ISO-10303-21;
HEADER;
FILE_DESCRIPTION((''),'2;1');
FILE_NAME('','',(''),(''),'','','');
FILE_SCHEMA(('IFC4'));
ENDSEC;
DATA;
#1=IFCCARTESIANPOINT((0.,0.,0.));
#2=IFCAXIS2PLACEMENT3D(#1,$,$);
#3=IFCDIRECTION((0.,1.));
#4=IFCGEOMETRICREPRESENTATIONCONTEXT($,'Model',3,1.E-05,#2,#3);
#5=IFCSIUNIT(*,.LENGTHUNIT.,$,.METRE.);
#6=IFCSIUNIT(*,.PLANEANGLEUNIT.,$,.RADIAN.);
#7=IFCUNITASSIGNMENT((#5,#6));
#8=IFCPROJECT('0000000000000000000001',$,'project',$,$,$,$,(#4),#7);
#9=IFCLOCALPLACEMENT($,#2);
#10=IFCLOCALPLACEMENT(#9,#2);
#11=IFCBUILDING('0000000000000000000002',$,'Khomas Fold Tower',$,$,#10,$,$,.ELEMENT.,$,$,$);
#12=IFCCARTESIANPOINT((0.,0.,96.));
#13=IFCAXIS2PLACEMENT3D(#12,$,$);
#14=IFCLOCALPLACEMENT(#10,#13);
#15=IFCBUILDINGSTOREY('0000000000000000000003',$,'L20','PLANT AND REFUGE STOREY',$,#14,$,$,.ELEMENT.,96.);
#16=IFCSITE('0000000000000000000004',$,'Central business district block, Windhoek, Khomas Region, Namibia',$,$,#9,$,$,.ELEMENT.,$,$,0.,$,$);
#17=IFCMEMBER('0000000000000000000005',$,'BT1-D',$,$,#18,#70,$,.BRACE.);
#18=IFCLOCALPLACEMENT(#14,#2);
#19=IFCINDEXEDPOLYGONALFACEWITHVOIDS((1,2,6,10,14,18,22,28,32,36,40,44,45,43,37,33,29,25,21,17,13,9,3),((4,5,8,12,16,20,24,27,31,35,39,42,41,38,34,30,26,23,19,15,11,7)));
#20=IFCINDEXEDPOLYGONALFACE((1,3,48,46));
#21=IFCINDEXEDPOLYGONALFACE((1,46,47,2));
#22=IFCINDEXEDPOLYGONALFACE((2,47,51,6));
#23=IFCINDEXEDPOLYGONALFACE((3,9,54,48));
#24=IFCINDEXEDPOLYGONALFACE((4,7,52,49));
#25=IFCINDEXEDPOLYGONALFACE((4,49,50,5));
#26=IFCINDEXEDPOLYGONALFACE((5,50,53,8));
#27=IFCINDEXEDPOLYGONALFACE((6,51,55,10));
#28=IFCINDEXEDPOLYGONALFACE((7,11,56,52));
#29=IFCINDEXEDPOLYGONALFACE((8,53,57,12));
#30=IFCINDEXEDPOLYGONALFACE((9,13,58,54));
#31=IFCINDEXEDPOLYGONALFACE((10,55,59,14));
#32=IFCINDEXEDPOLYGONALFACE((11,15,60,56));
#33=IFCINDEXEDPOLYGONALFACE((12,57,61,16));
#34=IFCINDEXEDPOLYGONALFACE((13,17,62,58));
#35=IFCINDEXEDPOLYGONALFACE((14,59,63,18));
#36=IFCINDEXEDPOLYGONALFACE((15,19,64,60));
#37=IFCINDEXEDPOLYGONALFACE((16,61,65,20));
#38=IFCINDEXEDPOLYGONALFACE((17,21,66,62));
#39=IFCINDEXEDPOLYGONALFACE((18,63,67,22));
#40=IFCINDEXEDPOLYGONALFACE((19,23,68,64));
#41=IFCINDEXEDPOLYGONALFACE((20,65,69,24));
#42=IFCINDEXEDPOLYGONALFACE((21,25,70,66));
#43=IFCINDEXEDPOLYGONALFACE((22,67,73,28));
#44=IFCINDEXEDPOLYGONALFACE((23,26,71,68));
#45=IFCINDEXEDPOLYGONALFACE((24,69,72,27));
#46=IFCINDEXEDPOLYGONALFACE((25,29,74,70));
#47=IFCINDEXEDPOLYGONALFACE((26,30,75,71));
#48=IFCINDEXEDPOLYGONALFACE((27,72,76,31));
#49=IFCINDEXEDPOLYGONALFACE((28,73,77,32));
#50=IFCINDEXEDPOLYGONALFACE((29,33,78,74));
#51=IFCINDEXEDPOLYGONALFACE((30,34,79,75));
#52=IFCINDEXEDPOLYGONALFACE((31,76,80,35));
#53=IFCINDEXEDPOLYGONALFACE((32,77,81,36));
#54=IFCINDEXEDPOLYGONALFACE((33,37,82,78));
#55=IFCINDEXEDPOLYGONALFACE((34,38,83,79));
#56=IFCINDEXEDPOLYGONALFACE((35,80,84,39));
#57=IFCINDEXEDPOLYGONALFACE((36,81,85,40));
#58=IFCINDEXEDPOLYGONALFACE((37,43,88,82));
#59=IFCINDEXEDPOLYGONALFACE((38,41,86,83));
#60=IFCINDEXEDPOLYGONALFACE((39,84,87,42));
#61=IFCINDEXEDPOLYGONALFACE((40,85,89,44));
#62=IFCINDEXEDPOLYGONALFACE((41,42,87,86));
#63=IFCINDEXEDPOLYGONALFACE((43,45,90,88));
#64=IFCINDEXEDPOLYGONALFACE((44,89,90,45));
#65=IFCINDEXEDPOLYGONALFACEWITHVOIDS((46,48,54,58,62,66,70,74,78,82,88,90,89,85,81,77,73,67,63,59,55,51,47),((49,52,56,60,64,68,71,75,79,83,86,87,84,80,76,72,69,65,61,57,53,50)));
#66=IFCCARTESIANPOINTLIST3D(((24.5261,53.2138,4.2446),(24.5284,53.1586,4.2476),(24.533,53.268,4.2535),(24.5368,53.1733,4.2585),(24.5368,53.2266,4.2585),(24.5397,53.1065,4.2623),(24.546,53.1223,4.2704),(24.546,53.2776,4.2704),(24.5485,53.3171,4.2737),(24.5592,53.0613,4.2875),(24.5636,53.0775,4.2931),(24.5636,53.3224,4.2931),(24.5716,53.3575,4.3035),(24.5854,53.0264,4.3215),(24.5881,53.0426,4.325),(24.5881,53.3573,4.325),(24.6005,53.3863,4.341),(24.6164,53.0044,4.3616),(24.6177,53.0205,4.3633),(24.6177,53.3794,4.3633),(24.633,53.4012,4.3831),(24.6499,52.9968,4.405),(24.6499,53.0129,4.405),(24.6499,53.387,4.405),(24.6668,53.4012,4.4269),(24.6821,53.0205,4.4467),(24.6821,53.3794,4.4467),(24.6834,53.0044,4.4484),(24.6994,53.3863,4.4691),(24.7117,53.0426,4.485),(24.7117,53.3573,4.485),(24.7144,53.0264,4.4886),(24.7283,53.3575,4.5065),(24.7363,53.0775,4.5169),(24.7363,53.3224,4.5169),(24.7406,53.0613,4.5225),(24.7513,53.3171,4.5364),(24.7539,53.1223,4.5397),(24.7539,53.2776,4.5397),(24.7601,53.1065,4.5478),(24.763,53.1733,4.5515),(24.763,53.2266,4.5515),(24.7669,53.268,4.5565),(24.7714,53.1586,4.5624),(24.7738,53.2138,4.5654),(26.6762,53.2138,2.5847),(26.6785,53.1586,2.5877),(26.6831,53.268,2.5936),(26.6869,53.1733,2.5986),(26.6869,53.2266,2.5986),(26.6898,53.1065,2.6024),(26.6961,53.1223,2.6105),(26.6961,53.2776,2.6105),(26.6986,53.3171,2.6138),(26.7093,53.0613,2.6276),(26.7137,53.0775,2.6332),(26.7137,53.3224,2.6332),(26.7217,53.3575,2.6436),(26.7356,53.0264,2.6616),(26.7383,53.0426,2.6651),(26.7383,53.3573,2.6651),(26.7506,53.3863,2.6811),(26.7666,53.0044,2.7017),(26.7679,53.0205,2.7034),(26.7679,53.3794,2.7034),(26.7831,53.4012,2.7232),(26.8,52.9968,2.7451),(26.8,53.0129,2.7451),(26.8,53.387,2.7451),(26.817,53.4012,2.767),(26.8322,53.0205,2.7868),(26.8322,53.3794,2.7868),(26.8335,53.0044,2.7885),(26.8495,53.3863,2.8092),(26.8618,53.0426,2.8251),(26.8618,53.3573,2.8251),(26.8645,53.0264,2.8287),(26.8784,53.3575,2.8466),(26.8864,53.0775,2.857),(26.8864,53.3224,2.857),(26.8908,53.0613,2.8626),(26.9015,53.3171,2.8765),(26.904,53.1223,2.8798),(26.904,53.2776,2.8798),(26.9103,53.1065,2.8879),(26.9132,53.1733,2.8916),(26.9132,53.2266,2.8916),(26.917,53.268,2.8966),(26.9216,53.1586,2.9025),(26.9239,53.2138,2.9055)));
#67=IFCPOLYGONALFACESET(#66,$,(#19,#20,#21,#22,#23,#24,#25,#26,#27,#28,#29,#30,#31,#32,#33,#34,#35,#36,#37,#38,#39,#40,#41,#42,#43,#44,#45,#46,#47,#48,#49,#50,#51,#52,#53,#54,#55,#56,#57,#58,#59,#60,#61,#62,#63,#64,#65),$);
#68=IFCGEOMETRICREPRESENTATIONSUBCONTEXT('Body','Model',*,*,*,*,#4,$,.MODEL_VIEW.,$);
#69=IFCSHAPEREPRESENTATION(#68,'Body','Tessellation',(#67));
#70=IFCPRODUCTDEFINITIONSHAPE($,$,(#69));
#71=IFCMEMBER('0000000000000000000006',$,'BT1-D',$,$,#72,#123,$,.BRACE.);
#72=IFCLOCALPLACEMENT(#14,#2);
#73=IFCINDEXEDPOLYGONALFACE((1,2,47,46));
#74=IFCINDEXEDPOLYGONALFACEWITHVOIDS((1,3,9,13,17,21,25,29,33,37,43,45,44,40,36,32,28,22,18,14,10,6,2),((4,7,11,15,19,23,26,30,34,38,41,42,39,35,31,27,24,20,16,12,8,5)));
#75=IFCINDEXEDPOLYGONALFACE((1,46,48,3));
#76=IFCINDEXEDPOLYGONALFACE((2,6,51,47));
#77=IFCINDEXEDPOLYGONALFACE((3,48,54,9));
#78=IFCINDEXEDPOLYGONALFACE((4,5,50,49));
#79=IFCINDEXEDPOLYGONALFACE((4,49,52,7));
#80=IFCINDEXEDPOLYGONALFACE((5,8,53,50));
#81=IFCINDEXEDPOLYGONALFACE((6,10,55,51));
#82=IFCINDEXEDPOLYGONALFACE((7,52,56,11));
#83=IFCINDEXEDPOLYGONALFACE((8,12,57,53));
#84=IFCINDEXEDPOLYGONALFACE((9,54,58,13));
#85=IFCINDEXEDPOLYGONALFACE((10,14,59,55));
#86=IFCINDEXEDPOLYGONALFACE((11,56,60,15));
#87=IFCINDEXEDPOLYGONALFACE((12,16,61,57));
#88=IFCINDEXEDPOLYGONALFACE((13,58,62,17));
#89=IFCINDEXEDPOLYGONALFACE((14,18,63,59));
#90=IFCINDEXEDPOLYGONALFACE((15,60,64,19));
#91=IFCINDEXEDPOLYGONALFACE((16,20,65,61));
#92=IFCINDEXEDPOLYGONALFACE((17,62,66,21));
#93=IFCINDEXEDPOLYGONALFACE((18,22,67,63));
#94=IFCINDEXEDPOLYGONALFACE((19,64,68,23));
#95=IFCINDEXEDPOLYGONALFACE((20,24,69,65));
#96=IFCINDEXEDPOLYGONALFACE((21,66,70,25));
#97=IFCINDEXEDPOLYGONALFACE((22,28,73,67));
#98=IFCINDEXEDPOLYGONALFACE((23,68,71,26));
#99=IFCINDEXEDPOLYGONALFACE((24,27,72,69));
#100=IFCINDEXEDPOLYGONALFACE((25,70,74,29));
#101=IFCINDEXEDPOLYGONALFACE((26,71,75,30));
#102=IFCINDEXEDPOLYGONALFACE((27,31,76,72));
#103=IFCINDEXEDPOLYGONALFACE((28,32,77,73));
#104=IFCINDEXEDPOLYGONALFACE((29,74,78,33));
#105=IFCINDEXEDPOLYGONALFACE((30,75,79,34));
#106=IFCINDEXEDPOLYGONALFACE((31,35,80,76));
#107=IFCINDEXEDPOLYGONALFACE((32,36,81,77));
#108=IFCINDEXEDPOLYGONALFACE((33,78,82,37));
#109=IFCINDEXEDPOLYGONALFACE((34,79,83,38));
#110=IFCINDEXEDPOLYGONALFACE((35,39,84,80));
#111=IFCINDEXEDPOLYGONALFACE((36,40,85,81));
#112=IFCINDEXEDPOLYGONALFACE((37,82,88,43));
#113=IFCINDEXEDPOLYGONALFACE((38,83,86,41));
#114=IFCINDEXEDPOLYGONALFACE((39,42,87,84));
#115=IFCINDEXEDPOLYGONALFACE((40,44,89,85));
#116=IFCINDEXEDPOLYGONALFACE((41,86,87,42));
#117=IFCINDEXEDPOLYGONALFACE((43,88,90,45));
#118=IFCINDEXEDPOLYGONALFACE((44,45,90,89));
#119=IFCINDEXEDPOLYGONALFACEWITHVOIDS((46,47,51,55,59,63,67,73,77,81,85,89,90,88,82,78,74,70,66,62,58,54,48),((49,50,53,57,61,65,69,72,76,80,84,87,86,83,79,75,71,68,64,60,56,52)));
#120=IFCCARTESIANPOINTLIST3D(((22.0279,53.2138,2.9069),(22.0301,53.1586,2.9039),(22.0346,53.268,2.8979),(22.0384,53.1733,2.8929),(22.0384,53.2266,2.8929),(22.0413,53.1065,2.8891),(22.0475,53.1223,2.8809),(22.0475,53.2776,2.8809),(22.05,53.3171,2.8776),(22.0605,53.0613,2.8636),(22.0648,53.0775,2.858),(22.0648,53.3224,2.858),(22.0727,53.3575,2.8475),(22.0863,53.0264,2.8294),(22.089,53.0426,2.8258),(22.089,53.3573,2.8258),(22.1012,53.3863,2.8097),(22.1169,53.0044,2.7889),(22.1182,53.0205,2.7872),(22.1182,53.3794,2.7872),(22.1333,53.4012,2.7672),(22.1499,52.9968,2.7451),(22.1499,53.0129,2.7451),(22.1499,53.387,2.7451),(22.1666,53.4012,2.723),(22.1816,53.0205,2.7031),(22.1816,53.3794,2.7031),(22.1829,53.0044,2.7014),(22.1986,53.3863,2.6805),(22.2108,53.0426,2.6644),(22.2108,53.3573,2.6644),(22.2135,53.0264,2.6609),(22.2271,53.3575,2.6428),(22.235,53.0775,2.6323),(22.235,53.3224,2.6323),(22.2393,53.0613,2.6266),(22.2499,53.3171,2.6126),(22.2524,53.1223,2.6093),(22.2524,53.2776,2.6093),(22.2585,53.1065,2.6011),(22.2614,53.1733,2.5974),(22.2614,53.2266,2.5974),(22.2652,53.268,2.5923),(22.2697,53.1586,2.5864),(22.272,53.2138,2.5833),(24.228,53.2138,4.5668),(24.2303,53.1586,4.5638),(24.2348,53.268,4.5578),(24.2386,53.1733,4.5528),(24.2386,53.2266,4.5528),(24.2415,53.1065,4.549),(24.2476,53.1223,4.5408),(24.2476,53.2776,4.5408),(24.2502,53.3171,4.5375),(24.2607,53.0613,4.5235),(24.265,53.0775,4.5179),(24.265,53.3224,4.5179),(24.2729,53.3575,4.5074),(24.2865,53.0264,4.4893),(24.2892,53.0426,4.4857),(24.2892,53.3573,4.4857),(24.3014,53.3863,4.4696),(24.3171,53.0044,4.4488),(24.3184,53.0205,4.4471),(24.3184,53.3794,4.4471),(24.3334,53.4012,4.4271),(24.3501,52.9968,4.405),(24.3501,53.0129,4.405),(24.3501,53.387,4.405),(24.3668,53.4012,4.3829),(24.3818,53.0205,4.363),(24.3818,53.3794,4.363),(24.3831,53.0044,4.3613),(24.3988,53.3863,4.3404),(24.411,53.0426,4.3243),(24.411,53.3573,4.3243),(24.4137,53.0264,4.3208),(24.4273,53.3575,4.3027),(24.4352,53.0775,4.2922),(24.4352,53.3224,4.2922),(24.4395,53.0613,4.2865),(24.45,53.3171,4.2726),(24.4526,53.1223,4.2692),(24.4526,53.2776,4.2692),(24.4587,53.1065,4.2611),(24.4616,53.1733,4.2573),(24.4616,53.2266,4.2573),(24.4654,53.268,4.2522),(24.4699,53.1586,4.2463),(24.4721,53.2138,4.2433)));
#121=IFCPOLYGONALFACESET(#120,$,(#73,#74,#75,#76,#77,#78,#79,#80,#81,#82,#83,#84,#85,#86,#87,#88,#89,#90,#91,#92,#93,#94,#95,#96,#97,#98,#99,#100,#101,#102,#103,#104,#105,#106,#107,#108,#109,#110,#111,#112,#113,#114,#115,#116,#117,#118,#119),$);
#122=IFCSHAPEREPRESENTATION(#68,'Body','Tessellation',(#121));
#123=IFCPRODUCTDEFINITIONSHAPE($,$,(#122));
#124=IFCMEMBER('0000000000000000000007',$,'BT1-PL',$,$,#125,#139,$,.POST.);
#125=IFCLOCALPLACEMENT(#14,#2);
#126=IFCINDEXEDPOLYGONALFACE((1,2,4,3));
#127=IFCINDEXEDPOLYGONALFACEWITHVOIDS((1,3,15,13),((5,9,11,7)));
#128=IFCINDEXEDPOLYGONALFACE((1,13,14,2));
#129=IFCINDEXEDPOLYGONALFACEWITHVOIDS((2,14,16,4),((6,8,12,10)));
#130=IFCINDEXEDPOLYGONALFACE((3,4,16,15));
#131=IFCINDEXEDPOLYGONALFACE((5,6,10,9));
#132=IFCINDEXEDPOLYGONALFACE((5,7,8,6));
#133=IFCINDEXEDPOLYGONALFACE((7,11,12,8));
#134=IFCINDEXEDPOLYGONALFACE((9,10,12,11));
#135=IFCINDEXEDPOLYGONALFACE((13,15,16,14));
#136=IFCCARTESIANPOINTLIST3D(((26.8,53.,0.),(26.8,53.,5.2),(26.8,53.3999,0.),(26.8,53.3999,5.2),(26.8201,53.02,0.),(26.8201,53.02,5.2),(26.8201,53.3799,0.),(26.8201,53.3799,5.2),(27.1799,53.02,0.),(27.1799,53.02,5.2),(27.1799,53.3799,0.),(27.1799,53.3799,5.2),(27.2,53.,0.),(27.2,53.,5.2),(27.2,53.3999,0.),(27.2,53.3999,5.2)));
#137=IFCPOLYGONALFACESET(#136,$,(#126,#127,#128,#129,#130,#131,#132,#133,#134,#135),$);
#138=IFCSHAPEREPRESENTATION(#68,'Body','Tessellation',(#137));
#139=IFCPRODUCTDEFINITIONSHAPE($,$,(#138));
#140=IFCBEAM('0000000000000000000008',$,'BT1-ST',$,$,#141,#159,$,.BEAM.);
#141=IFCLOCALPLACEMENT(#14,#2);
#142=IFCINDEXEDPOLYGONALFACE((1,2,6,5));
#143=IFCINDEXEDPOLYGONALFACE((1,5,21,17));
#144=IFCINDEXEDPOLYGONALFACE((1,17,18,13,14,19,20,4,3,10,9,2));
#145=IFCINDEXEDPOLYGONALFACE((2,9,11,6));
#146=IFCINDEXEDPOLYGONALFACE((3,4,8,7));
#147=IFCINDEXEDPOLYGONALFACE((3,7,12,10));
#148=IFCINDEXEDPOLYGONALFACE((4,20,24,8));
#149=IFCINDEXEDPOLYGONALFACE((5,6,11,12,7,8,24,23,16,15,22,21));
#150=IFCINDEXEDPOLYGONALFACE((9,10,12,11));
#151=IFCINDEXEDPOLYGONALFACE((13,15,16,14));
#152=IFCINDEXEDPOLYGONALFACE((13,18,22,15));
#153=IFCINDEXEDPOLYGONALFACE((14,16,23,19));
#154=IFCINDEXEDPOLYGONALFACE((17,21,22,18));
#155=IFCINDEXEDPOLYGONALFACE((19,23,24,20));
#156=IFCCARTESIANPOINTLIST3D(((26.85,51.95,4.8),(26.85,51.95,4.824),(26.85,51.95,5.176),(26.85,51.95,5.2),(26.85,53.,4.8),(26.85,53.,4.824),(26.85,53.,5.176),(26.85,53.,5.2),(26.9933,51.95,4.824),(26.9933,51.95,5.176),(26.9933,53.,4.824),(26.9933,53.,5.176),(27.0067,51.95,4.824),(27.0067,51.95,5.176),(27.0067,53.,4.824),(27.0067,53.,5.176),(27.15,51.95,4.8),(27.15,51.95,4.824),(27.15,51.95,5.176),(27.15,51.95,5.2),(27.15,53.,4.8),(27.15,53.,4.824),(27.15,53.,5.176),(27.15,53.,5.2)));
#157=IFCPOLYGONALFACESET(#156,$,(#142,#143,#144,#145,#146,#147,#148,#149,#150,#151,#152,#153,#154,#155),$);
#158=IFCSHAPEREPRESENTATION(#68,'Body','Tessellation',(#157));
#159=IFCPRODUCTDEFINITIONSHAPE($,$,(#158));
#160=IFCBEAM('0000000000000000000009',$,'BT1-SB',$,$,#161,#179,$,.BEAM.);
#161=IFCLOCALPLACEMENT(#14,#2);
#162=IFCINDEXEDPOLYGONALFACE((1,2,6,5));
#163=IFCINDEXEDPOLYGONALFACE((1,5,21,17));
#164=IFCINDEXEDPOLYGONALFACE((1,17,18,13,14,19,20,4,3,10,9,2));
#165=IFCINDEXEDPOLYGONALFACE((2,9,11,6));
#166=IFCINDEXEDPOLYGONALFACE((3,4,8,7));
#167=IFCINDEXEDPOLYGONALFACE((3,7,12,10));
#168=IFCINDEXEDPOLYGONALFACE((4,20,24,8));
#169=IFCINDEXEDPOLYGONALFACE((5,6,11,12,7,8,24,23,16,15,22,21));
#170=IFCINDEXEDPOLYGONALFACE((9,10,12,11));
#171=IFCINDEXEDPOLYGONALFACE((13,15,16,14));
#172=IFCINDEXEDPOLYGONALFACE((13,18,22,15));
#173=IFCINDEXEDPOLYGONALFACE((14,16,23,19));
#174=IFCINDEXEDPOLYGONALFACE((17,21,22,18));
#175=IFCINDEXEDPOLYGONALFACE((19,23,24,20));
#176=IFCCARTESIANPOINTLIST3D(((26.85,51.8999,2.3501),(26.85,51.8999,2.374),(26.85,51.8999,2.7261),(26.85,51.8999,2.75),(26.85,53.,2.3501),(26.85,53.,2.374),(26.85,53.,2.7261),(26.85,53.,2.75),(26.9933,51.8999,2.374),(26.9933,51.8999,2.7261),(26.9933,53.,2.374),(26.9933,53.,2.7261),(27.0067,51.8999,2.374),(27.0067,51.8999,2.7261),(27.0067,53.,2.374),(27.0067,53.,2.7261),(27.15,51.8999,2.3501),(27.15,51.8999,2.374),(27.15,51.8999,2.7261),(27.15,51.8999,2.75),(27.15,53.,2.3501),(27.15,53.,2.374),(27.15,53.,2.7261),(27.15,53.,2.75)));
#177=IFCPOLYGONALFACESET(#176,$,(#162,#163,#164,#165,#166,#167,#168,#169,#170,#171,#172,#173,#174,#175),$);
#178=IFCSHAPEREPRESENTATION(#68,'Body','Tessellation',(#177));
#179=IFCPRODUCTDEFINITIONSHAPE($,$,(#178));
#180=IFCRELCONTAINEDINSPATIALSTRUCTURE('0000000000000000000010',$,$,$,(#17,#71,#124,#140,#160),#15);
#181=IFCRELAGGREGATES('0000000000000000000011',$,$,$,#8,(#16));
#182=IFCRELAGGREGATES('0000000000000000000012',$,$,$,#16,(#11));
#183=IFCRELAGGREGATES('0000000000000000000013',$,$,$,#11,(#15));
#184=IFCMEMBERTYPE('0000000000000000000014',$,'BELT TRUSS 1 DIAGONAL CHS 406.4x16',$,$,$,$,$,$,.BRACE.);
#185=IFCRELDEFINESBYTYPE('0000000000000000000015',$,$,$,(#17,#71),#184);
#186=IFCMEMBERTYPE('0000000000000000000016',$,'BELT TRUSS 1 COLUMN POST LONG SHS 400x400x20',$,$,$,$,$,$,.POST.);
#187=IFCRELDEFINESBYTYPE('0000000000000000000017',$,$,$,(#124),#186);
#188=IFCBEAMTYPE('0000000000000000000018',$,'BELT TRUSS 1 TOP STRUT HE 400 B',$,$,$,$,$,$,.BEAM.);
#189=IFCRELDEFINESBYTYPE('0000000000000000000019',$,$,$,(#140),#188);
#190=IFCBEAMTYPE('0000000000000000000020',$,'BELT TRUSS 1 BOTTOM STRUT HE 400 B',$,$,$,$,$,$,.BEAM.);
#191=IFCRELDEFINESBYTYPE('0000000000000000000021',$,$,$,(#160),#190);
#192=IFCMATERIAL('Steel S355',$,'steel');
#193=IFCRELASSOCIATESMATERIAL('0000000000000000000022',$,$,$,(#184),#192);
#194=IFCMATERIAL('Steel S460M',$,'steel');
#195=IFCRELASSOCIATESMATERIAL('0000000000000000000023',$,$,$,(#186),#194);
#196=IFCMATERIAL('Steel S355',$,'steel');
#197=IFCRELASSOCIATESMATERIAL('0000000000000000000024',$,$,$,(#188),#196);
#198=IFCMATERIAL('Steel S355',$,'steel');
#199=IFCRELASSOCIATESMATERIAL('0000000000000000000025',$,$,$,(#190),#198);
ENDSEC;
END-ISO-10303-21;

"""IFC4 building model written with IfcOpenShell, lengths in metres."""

from ifc_helpers import new_model, si_unit, direction, frame, origin, origin_2d, place, context, subcontext, project, spatial, hollow_rectangle, hollow_circle, i_section, extrude, source, transform, mapped, material, material_profile, profile_set, type_object, element, save


model = new_model("IFC4")

# Units and contexts
model_context = context("Model", 3, precision=1e-05, world=origin(), true_north=direction((0.0, 1.0)))
body_context = subcontext(model_context, "Body", "Model", "MODEL_VIEW")
ifc_project = project(units=[si_unit("LENGTHUNIT", "METRE"), si_unit("PLANEANGLEUNIT", "RADIAN")], contexts=[model_context])

# Site, building, storey
site_placement = place(None, origin())
site = spatial("IfcSite", under=ifc_project, at=site_placement, Name="Central business district block, Windhoek, Khomas Region, Namibia", CompositionType="ELEMENT", RefElevation=0.0)
building_placement = place(site_placement, origin())
building = spatial("IfcBuilding", under=site, at=building_placement, Name="Khomas Fold Tower", CompositionType="ELEMENT")
storey_placement = place(building_placement, frame((0.0, 0.0, 96.0)))
storey = spatial("IfcBuildingStorey", under=building, at=storey_placement, Name="L20", Description="PLANT AND REFUGE STOREY", CompositionType="ELEMENT", Elevation=96.0)

# Members
ifc_material_1 = material(Name="Steel S355", Category="steel")
ifc_material_profile_1 = material_profile(ifc_material_1, hollow_circle(Radius=0.2031, WallThickness=0.0161, at=origin_2d()), Name="CHS 406.4x16")
ifc_profile_set_1 = profile_set([ifc_material_profile_1], Name="Steel S355")
member_type_1 = type_object("IfcMemberType", Name="BELT TRUSS 1 DIAGONAL CHS 406.4x16", PredefinedType="BRACE", material=ifc_profile_set_1)
shared_shape_1 = source(origin(), body_context, "Body", "SweptSolid", [
    extrude(hollow_circle(Radius=0.2031, WallThickness=0.0161, at=origin_2d()), origin(), (0.0, 0.0, 1.0), 2.7163),
])
for number, where, z_axis, x_axis, name in (
    (1, (26.8, 53.2, 2.7451), (-0.791564, 0.0, 0.611087), (0.0, -1.0, 0.0), "BT1-D"),
):
    element("IfcMember", number, at=place(storey_placement, frame(where, z_axis=z_axis, x_axis=x_axis)), inside=storey, type_object=member_type_1, Name=name, PredefinedType="BRACE", context=body_context, shape_type="MappedRepresentation", body=[
        mapped(shared_shape_1, transform((0.0, 0.0, 0.0))),
    ])
shared_shape_2 = source(origin(), body_context, "Body", "SweptSolid", [
    extrude(hollow_circle(Radius=0.2031, WallThickness=0.0161, at=origin_2d()), origin(), (0.0, 0.0, 1.0), 2.7561),
])
member_1_placement = place(storey_placement, frame((24.3501, 53.2, 4.405), z_axis=(-0.798296, 0.0, -0.602265), x_axis=(0.0, -1.0, 0.0)))
element("IfcMember", 2, at=member_1_placement, inside=storey, type_object=member_type_1, Name="BT1-D", PredefinedType="BRACE", context=body_context, shape_type="MappedRepresentation", body=[
    mapped(shared_shape_2, transform((0.0, 0.0, 0.0))),
])
ifc_material_2 = material(Name="Steel S460M", Category="steel")
ifc_material_profile_2 = material_profile(ifc_material_2, hollow_rectangle(XDim=0.3999, YDim=0.3999, WallThickness=0.02, at=origin_2d()), Name="SHS 400x400x20")
ifc_profile_set_2 = profile_set([ifc_material_profile_2], Name="Steel S460M")
member_type_2 = type_object("IfcMemberType", Name="BELT TRUSS 1 COLUMN POST LONG SHS 400x400x20", PredefinedType="POST", material=ifc_profile_set_2)
shared_shape_3 = source(origin(), body_context, "Body", "SweptSolid", [
    extrude(hollow_rectangle(XDim=0.3999, YDim=0.3999, WallThickness=0.02, at=origin_2d()), origin(), (0.0, 0.0, 1.0), 5.2),
])
member_2_placement = place(storey_placement, frame((27.0, 53.2, 0.0), z_axis=(0.0, 0.0, 1.0), x_axis=(1.0, 0.0, 0.0)))
element("IfcMember", 3, at=member_2_placement, inside=storey, type_object=member_type_2, Name="BT1-PL", PredefinedType="POST", context=body_context, shape_type="MappedRepresentation", body=[
    mapped(shared_shape_3, transform((0.0, 0.0, 0.0))),
])

# Beams
ifc_material_3 = material(Name="Steel S355", Category="steel")
ifc_material_profile_3 = material_profile(ifc_material_3, i_section(OverallWidth=0.3, OverallDepth=0.3999, WebThickness=0.0134, FlangeThickness=0.0239, at=origin_2d()), Name="HE 400 B")
ifc_profile_set_3 = profile_set([ifc_material_profile_3], Name="Steel S355")
beam_type_1 = type_object("IfcBeamType", Name="BELT TRUSS 1 TOP STRUT HE 400 B", PredefinedType="BEAM", material=ifc_profile_set_3)
shared_shape_4 = source(origin(), body_context, "Body", "SweptSolid", [
    extrude(i_section(OverallWidth=0.3, OverallDepth=0.3999, WebThickness=0.0134, FlangeThickness=0.0239, at=origin_2d()), origin(), (0.0, 0.0, 1.0), 1.05),
])
beam_1_placement = place(storey_placement, frame((27.0, 51.95, 5.0), z_axis=(0.0, 1.0, 0.0), x_axis=(-1.0, 0.0, 0.0)))
element("IfcBeam", 4, at=beam_1_placement, inside=storey, type_object=beam_type_1, Name="BT1-ST", PredefinedType="BEAM", context=body_context, shape_type="MappedRepresentation", body=[
    mapped(shared_shape_4, transform((0.0, 0.0, 0.0))),
])
ifc_material_4 = material(Name="Steel S355", Category="steel")
ifc_material_profile_4 = material_profile(ifc_material_4, i_section(OverallWidth=0.3, OverallDepth=0.3999, WebThickness=0.0134, FlangeThickness=0.0239, at=origin_2d()), Name="HE 400 B")
ifc_profile_set_4 = profile_set([ifc_material_profile_4], Name="Steel S355")
beam_type_2 = type_object("IfcBeamType", Name="BELT TRUSS 1 BOTTOM STRUT HE 400 B", PredefinedType="BEAM", material=ifc_profile_set_4)
shared_shape_5 = source(origin(), body_context, "Body", "SweptSolid", [
    extrude(i_section(OverallWidth=0.3, OverallDepth=0.3999, WebThickness=0.0134, FlangeThickness=0.0239, at=origin_2d()), origin(), (0.0, 0.0, 1.0), 1.1001),
])
beam_2_placement = place(storey_placement, frame((27.0, 51.8999, 2.55), z_axis=(0.0, 1.0, 0.0), x_axis=(-1.0, 0.0, 0.0)))
element("IfcBeam", 5, at=beam_2_placement, inside=storey, type_object=beam_type_2, Name="BT1-SB", PredefinedType="BEAM", context=body_context, shape_type="MappedRepresentation", body=[
    mapped(shared_shape_5, transform((0.0, 0.0, 0.0))),
])

save(model, "model.ifc")
